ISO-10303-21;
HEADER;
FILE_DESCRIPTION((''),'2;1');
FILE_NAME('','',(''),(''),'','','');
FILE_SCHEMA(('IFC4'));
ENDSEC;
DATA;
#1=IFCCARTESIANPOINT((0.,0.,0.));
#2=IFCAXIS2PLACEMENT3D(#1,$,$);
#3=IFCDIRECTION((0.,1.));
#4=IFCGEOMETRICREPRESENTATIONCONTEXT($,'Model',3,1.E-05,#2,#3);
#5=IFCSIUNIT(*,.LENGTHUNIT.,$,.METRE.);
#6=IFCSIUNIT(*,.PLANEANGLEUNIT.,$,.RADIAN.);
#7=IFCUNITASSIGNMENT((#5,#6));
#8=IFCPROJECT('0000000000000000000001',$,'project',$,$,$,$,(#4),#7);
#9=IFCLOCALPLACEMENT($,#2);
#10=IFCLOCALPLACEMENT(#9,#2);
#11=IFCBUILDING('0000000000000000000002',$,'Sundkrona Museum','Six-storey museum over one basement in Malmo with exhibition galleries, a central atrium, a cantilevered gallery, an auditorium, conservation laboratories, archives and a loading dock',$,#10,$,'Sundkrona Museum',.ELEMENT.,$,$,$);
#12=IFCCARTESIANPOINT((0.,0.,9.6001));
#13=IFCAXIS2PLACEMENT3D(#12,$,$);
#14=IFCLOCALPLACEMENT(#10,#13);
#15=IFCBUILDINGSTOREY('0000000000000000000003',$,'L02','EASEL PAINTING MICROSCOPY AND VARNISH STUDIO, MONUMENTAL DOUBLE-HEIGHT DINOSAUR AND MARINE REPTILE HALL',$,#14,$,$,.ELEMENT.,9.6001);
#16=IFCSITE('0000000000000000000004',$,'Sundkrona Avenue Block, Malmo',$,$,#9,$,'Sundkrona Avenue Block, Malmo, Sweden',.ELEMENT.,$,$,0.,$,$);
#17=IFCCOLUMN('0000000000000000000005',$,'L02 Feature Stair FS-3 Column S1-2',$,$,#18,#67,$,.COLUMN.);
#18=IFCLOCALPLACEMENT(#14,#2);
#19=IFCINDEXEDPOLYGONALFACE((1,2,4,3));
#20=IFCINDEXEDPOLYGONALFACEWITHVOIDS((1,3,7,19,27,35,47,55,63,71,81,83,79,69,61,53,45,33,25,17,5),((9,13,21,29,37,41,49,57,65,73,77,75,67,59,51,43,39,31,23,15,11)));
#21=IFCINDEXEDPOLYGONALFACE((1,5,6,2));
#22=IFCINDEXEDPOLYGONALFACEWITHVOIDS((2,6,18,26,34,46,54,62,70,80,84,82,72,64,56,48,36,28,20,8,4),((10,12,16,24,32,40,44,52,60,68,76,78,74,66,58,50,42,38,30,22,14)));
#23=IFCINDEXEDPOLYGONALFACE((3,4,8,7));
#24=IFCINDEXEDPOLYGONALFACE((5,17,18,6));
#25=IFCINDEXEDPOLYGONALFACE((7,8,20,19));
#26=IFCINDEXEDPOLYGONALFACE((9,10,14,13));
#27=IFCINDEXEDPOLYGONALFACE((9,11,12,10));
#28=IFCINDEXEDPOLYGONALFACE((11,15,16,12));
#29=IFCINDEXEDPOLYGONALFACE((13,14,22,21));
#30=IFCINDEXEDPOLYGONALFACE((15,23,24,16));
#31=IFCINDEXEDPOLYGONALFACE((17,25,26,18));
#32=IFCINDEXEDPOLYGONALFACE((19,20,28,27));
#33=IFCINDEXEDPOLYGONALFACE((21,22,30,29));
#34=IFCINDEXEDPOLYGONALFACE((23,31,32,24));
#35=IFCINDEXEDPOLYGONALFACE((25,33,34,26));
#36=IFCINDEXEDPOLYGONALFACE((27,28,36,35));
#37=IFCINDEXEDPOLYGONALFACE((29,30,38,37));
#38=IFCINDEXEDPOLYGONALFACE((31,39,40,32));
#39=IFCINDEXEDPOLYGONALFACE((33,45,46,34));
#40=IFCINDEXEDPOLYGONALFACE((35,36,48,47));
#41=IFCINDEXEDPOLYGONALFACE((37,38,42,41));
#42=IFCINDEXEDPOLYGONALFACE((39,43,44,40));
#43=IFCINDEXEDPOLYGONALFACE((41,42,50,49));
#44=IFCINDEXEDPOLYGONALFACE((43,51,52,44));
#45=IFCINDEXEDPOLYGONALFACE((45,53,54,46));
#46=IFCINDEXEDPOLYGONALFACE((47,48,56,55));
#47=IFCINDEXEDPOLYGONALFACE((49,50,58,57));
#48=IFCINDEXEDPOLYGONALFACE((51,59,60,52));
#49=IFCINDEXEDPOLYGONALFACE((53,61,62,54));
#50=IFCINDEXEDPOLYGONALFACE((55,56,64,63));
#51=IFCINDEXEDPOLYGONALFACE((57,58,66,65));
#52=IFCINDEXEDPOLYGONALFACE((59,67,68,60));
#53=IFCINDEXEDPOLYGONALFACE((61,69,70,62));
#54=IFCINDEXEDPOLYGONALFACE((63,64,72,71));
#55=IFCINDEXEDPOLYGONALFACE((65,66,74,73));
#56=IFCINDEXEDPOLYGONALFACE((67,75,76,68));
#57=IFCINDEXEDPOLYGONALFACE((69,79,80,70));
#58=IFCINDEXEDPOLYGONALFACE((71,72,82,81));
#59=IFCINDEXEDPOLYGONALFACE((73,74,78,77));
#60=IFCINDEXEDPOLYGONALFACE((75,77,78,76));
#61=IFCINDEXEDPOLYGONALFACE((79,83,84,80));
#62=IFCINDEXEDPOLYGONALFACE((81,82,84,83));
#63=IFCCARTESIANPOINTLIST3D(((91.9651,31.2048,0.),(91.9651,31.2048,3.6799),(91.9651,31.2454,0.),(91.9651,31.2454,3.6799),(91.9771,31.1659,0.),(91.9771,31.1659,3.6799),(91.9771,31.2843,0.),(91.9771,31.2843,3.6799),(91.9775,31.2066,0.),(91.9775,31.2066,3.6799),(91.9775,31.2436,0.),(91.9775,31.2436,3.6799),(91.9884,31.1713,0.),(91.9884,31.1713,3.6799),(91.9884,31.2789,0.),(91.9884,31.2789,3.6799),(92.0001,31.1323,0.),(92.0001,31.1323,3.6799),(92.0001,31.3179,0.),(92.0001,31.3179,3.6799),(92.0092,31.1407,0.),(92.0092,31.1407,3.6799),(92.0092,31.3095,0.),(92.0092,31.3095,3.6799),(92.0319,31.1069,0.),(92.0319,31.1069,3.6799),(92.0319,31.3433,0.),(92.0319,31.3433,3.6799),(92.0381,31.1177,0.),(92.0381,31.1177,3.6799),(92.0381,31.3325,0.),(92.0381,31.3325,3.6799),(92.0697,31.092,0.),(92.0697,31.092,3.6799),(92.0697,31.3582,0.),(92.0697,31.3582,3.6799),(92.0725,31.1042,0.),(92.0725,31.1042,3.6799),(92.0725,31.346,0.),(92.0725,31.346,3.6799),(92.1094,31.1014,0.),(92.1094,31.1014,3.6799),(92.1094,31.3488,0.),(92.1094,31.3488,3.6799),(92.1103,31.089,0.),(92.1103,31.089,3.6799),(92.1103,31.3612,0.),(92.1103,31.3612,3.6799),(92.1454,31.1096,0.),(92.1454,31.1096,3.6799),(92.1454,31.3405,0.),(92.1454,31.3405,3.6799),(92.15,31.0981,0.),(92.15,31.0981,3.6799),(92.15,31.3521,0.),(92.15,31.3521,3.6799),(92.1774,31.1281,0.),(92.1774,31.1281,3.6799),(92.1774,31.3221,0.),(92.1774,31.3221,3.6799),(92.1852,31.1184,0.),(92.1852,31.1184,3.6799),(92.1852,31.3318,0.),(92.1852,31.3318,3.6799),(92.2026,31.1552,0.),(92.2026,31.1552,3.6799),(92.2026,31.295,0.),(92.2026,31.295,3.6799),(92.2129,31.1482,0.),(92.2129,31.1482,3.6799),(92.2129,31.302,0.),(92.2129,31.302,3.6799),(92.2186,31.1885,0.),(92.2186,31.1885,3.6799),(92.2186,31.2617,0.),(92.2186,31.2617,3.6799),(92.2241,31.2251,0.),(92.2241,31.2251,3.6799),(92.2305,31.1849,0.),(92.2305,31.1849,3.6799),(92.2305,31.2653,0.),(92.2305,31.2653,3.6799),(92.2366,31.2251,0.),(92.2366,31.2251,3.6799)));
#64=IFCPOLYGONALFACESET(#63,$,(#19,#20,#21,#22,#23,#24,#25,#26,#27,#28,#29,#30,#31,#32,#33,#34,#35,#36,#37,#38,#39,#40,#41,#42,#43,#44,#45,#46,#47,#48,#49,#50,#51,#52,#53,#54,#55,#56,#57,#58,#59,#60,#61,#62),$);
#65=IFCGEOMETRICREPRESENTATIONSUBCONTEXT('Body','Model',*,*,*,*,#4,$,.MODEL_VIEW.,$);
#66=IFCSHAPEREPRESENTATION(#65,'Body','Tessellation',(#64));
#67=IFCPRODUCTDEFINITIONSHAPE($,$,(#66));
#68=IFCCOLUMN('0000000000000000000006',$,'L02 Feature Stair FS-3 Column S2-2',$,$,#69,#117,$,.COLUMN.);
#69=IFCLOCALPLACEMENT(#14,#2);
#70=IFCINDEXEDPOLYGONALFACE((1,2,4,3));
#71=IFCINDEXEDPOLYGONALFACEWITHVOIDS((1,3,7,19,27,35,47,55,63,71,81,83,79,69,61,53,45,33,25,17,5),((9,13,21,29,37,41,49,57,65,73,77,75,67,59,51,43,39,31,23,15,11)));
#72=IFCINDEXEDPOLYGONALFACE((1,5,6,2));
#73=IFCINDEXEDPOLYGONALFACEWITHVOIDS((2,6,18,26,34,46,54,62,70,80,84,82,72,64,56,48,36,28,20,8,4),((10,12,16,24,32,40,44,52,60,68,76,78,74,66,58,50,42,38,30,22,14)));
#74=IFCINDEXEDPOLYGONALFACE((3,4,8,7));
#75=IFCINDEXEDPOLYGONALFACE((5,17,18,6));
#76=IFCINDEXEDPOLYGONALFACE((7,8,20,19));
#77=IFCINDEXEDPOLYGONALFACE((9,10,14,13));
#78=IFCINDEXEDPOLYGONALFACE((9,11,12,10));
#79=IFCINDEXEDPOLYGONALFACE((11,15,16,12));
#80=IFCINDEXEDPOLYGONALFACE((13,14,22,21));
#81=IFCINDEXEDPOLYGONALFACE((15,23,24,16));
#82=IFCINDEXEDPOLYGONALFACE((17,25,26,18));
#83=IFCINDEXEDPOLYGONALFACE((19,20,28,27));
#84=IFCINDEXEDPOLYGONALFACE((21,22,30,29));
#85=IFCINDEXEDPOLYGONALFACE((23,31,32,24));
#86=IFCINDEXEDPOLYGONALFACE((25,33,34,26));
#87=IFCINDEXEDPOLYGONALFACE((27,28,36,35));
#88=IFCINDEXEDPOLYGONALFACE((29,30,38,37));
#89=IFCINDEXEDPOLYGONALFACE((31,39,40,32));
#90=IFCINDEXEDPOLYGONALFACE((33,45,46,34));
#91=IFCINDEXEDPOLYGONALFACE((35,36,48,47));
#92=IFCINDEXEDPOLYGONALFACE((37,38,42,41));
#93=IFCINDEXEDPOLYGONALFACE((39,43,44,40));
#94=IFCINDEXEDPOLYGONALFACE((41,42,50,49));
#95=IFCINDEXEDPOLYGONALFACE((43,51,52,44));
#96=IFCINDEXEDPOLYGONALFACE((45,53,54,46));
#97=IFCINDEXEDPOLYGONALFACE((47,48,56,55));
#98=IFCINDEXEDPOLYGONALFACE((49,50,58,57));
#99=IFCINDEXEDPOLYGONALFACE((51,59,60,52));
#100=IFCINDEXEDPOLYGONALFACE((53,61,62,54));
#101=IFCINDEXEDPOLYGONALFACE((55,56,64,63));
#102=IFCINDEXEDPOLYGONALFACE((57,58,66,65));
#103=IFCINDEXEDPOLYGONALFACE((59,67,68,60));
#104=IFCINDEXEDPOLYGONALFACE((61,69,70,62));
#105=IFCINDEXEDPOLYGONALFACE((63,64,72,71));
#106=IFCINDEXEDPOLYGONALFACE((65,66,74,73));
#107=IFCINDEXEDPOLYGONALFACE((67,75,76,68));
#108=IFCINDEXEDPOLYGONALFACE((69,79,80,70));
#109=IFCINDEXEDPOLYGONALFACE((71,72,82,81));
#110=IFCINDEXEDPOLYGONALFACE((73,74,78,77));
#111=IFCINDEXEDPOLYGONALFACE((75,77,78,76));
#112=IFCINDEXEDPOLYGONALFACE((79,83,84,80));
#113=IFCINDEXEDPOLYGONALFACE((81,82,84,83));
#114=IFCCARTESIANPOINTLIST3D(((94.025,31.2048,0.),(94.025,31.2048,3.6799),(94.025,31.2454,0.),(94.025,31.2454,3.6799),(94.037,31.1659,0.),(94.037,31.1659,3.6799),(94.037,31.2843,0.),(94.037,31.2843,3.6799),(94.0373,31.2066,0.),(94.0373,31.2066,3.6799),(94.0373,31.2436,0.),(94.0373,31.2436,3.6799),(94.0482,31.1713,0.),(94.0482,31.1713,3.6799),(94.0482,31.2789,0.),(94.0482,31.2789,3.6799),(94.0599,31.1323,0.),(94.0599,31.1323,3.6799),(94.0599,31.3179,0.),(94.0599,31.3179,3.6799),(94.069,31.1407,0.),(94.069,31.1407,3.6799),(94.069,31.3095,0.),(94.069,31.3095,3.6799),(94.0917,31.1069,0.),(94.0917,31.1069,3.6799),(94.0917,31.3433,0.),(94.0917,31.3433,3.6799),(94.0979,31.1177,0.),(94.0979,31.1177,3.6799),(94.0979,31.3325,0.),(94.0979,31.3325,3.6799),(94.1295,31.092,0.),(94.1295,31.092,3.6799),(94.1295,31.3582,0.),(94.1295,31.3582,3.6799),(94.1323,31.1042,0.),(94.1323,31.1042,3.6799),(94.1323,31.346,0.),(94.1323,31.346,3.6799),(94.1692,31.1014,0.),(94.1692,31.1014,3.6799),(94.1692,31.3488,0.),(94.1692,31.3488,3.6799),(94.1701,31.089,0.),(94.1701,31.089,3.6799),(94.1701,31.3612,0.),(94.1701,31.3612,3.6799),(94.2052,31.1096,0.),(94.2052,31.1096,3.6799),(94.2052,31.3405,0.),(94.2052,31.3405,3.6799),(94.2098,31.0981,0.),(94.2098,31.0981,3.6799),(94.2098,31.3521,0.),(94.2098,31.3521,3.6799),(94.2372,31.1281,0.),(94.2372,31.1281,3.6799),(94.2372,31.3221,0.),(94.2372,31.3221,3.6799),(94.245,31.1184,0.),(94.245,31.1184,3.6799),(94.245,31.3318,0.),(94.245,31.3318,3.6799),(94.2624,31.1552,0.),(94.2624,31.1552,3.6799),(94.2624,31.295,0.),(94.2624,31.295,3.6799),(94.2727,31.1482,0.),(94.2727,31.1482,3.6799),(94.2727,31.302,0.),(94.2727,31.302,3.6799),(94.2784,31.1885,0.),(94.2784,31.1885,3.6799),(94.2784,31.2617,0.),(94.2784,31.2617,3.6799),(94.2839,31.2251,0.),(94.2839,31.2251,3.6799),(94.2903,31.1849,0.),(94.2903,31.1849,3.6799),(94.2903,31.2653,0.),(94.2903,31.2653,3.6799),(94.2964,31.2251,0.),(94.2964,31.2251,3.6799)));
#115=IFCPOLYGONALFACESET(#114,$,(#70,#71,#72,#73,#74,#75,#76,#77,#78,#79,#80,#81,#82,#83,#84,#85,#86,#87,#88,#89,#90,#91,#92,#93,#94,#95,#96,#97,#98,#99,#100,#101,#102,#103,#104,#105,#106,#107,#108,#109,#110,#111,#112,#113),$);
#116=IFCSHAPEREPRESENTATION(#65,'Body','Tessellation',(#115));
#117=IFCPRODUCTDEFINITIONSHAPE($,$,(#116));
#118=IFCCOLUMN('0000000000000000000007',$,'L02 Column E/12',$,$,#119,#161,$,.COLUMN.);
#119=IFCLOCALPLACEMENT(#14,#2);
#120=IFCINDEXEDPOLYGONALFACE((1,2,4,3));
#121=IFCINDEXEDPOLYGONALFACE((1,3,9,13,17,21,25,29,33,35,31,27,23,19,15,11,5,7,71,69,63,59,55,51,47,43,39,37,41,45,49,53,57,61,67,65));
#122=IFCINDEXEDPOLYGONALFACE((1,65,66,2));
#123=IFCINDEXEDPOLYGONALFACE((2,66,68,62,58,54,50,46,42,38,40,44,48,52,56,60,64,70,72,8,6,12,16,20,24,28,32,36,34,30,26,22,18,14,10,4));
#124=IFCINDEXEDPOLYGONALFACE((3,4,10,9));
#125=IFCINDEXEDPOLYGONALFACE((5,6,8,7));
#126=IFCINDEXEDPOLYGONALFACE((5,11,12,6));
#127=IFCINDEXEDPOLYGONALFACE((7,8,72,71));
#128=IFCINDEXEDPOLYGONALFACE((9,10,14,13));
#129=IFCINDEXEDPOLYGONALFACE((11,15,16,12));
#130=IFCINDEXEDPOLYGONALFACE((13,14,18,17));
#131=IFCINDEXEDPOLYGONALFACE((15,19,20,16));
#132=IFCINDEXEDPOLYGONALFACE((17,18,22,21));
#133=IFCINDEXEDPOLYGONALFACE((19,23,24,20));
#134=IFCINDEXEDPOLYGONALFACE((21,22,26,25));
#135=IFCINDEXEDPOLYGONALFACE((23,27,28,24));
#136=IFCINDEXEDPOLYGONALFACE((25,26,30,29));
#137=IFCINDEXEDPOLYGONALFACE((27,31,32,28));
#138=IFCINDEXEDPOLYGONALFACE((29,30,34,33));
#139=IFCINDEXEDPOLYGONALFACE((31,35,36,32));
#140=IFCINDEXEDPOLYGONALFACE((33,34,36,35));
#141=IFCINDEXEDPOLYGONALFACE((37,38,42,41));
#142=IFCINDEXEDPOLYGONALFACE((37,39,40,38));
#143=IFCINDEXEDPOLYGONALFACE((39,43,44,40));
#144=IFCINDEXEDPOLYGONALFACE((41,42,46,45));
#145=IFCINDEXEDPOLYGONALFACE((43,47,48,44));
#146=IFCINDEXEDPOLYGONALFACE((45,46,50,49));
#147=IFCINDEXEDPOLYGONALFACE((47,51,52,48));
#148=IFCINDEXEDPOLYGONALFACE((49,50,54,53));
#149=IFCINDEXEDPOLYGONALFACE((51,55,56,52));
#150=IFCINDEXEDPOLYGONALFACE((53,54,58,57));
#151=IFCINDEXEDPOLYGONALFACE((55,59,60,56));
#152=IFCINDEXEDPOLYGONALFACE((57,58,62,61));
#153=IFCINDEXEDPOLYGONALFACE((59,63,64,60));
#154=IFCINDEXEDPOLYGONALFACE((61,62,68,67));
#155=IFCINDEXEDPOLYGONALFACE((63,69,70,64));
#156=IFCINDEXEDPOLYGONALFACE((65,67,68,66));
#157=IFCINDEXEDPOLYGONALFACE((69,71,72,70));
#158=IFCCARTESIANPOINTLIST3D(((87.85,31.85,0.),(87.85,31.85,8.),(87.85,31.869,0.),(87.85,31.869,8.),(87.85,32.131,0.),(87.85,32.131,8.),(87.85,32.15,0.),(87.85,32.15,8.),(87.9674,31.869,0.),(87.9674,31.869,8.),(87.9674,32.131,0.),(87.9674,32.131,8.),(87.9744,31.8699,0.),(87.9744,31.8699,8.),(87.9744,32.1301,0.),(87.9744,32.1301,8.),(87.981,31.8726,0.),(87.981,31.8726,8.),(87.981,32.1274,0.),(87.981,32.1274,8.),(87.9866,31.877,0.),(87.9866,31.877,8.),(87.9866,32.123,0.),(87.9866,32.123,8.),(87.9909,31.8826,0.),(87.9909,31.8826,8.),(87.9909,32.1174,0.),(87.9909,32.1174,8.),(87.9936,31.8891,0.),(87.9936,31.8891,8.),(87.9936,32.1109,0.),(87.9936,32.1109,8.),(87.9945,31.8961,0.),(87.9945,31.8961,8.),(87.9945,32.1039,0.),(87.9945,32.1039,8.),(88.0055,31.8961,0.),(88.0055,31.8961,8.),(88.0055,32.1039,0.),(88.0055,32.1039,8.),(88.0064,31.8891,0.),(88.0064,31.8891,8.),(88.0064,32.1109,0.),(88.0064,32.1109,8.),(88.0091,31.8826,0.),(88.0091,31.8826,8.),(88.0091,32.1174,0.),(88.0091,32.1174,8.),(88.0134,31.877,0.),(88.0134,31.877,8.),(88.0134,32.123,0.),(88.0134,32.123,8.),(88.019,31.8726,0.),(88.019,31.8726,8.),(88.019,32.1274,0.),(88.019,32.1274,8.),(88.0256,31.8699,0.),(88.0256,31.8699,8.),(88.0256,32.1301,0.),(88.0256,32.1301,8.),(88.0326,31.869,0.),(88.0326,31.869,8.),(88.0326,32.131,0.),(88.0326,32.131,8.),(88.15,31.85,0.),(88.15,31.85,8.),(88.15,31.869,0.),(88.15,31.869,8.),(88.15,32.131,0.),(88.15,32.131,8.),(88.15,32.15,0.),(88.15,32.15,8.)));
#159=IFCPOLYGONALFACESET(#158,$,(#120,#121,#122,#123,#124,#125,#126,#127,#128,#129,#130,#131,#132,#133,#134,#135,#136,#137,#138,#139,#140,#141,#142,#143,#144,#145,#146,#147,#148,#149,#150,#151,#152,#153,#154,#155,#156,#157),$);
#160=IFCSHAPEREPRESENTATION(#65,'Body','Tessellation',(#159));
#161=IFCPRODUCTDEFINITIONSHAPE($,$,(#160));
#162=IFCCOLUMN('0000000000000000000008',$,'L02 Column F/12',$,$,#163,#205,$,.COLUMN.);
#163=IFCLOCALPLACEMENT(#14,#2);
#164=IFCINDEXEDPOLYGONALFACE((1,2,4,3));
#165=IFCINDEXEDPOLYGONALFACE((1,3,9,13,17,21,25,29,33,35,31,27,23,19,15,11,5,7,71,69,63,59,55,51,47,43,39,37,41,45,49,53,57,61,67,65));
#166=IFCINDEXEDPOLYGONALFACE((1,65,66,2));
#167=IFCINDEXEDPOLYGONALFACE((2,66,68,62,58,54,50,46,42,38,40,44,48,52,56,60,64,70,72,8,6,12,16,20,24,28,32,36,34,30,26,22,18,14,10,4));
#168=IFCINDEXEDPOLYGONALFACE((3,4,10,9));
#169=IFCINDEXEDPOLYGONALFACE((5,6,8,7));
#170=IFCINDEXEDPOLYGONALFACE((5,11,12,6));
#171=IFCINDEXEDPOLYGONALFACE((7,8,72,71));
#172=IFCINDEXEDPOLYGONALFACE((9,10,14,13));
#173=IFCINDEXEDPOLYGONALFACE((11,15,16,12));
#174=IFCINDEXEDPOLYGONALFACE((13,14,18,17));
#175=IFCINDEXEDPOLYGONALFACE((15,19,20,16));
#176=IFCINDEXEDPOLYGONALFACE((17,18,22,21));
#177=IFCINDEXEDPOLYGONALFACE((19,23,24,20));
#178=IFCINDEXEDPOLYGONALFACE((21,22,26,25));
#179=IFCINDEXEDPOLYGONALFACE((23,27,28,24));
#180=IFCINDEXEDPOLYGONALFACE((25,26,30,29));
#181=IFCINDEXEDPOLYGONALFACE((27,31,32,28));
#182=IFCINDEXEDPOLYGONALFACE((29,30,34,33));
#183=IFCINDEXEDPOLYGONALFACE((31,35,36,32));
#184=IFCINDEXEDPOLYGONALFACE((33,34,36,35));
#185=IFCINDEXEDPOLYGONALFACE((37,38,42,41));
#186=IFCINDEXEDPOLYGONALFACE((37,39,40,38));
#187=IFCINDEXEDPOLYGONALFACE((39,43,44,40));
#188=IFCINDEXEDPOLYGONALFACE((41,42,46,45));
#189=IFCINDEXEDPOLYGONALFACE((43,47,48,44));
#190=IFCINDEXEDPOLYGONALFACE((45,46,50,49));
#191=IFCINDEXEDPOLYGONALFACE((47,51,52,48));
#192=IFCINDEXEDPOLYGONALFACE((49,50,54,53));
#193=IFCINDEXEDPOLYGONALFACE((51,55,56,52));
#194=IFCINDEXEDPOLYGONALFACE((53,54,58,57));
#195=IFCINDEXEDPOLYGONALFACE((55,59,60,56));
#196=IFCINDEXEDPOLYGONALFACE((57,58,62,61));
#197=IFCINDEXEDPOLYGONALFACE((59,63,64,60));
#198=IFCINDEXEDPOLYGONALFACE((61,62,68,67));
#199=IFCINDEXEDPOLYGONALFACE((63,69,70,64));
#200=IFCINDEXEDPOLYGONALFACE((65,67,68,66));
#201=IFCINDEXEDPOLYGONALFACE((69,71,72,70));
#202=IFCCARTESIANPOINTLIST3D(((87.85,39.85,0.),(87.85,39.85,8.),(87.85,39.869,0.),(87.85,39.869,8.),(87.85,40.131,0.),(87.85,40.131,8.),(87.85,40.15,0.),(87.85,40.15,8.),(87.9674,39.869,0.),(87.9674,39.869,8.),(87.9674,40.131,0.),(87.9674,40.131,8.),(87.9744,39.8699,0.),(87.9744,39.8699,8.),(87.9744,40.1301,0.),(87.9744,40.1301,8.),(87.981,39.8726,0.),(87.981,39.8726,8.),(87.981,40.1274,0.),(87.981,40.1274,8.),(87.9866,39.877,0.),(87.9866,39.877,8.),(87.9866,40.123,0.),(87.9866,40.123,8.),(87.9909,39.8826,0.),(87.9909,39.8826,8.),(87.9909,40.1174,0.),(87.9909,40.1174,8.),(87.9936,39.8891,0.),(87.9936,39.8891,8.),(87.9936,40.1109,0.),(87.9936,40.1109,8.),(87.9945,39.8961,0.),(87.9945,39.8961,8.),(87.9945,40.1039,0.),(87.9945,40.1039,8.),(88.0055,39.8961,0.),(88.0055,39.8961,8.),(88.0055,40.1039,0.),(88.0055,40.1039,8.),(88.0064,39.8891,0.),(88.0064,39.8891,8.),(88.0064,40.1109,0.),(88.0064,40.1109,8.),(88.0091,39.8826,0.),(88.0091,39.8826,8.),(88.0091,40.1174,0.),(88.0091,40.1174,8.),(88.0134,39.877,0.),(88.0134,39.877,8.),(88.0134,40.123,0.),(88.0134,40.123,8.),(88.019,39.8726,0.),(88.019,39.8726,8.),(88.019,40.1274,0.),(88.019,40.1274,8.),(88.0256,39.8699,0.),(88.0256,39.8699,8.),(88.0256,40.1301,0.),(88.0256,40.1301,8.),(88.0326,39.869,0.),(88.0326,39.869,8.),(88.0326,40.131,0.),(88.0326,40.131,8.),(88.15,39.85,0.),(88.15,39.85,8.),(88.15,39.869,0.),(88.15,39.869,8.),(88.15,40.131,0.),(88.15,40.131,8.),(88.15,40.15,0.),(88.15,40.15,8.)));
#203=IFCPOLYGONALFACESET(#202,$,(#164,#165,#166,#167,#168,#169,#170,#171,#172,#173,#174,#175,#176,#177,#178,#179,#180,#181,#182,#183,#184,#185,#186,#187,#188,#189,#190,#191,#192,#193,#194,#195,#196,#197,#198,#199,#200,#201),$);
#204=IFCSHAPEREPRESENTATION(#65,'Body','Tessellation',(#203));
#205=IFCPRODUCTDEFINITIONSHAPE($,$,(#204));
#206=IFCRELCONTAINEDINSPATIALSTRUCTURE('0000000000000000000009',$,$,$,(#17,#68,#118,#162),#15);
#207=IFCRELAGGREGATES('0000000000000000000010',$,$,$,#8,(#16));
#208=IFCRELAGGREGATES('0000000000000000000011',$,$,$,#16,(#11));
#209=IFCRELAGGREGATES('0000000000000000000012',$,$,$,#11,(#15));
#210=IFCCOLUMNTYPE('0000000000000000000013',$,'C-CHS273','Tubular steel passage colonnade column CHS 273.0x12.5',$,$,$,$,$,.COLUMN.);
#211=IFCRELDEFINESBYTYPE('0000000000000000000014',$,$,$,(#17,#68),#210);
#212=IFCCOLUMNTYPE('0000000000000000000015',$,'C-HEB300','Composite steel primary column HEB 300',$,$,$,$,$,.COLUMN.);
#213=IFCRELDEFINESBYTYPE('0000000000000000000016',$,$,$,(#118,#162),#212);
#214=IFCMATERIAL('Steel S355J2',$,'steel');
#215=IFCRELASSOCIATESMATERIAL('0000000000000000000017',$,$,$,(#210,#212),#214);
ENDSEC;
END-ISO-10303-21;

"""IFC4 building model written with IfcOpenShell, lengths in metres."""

from ifc_helpers import new_model, si_unit, direction, frame, origin, origin_2d, place, context, subcontext, project, spatial, hollow_circle, i_section, extrude, material, material_profile, profile_set, type_object, element, save


model = new_model("IFC4")

# Units and contexts
model_context = context("Model", 3, precision=1e-05, world=origin(), true_north=direction((0.0, 1.0)))
body_context = subcontext(model_context, "Body", "Model", "MODEL_VIEW")
ifc_project = project(units=[si_unit("LENGTHUNIT", "METRE"), si_unit("PLANEANGLEUNIT", "RADIAN")], contexts=[model_context])

# Site, building, storey
site_placement = place(None, origin())
site = spatial("IfcSite", under=ifc_project, at=site_placement, Name="Sundkrona Avenue Block, Malmo", LongName="Sundkrona Avenue Block, Malmo, Sweden", CompositionType="ELEMENT", RefElevation=0.0)
building_placement = place(site_placement, origin())
building = spatial("IfcBuilding", under=site, at=building_placement, Name="Sundkrona Museum", Description="Six-storey museum over one basement in Malmo with exhibition galleries, a central atrium, a cantilevered gallery, an auditorium, conservation laboratories, archives and a loading dock", LongName="Sundkrona Museum", CompositionType="ELEMENT")
storey_placement = place(building_placement, frame((0.0, 0.0, 9.6001)))
storey = spatial("IfcBuildingStorey", under=building, at=storey_placement, Name="L02", Description="EASEL PAINTING MICROSCOPY AND VARNISH STUDIO, MONUMENTAL DOUBLE-HEIGHT DINOSAUR AND MARINE REPTILE HALL", CompositionType="ELEMENT", Elevation=9.6001)

# Columns
ifc_material_1 = material(Name="Steel S355J2", Category="steel")
ifc_material_profile_1 = material_profile(ifc_material_1, hollow_circle(Radius=0.1365, WallThickness=0.0125, at=origin_2d()), Name="CHS 273.0x12.5")
ifc_profile_set_1 = profile_set([ifc_material_profile_1], Name="Steel S355J2")
column_type_1 = type_object("IfcColumnType", Name="C-CHS273", Description="Tubular steel passage colonnade column CHS 273.0x12.5", PredefinedType="COLUMN", material=ifc_profile_set_1)
for number, where, z_axis, x_axis, name in (
    (1, (92.1001, 31.2251, 0.0), (0.0, 0.0, 1.0), (1.0, 0.0, 0.0), "L02 Feature Stair FS-3 Column S1-2"),
    (2, (94.1599, 31.2251, 0.0), (0.0, 0.0, 1.0), (1.0, 0.0, 0.0), "L02 Feature Stair FS-3 Column S2-2"),
):
    element("IfcColumn", number, at=place(storey_placement, frame(where, z_axis=z_axis, x_axis=x_axis)), inside=storey, type_object=column_type_1, Name=name, PredefinedType="COLUMN", context=body_context, shape_type="SweptSolid", body=[
        extrude(hollow_circle(Radius=0.1365, WallThickness=0.0125, at=origin_2d()), origin(), (0.0, 0.0, 1.0), 3.6799),
    ])
ifc_material_profile_2 = material_profile(ifc_material_1, i_section(OverallWidth=0.3, OverallDepth=0.3, WebThickness=0.011, FlangeThickness=0.019, FilletRadius=0.0271, at=origin_2d()), Name="HEB 300")
ifc_profile_set_2 = profile_set([ifc_material_profile_2], Name="Steel S355J2")
column_type_2 = type_object("IfcColumnType", Name="C-HEB300", Description="Composite steel primary column HEB 300", PredefinedType="COLUMN", material=ifc_profile_set_2)
for number, where, z_axis, x_axis, name in (
    (3, (88.0, 32.0, 0.0), (0.0, 0.0, 1.0), (1.0, 0.0, 0.0), "L02 Column E/12"),
    (4, (88.0, 40.0, 0.0), (0.0, 0.0, 1.0), (1.0, 0.0, 0.0), "L02 Column F/12"),
):
    element("IfcColumn", number, at=place(storey_placement, frame(where, z_axis=z_axis, x_axis=x_axis)), inside=storey, type_object=column_type_2, Name=name, PredefinedType="COLUMN", context=body_context, shape_type="SweptSolid", body=[
        extrude(i_section(OverallWidth=0.3, OverallDepth=0.3, WebThickness=0.011, FlangeThickness=0.019, FilletRadius=0.0271, at=origin_2d()), origin(), (0.0, 0.0, 1.0), 8.0),
    ])

save(model, "model.ifc")
